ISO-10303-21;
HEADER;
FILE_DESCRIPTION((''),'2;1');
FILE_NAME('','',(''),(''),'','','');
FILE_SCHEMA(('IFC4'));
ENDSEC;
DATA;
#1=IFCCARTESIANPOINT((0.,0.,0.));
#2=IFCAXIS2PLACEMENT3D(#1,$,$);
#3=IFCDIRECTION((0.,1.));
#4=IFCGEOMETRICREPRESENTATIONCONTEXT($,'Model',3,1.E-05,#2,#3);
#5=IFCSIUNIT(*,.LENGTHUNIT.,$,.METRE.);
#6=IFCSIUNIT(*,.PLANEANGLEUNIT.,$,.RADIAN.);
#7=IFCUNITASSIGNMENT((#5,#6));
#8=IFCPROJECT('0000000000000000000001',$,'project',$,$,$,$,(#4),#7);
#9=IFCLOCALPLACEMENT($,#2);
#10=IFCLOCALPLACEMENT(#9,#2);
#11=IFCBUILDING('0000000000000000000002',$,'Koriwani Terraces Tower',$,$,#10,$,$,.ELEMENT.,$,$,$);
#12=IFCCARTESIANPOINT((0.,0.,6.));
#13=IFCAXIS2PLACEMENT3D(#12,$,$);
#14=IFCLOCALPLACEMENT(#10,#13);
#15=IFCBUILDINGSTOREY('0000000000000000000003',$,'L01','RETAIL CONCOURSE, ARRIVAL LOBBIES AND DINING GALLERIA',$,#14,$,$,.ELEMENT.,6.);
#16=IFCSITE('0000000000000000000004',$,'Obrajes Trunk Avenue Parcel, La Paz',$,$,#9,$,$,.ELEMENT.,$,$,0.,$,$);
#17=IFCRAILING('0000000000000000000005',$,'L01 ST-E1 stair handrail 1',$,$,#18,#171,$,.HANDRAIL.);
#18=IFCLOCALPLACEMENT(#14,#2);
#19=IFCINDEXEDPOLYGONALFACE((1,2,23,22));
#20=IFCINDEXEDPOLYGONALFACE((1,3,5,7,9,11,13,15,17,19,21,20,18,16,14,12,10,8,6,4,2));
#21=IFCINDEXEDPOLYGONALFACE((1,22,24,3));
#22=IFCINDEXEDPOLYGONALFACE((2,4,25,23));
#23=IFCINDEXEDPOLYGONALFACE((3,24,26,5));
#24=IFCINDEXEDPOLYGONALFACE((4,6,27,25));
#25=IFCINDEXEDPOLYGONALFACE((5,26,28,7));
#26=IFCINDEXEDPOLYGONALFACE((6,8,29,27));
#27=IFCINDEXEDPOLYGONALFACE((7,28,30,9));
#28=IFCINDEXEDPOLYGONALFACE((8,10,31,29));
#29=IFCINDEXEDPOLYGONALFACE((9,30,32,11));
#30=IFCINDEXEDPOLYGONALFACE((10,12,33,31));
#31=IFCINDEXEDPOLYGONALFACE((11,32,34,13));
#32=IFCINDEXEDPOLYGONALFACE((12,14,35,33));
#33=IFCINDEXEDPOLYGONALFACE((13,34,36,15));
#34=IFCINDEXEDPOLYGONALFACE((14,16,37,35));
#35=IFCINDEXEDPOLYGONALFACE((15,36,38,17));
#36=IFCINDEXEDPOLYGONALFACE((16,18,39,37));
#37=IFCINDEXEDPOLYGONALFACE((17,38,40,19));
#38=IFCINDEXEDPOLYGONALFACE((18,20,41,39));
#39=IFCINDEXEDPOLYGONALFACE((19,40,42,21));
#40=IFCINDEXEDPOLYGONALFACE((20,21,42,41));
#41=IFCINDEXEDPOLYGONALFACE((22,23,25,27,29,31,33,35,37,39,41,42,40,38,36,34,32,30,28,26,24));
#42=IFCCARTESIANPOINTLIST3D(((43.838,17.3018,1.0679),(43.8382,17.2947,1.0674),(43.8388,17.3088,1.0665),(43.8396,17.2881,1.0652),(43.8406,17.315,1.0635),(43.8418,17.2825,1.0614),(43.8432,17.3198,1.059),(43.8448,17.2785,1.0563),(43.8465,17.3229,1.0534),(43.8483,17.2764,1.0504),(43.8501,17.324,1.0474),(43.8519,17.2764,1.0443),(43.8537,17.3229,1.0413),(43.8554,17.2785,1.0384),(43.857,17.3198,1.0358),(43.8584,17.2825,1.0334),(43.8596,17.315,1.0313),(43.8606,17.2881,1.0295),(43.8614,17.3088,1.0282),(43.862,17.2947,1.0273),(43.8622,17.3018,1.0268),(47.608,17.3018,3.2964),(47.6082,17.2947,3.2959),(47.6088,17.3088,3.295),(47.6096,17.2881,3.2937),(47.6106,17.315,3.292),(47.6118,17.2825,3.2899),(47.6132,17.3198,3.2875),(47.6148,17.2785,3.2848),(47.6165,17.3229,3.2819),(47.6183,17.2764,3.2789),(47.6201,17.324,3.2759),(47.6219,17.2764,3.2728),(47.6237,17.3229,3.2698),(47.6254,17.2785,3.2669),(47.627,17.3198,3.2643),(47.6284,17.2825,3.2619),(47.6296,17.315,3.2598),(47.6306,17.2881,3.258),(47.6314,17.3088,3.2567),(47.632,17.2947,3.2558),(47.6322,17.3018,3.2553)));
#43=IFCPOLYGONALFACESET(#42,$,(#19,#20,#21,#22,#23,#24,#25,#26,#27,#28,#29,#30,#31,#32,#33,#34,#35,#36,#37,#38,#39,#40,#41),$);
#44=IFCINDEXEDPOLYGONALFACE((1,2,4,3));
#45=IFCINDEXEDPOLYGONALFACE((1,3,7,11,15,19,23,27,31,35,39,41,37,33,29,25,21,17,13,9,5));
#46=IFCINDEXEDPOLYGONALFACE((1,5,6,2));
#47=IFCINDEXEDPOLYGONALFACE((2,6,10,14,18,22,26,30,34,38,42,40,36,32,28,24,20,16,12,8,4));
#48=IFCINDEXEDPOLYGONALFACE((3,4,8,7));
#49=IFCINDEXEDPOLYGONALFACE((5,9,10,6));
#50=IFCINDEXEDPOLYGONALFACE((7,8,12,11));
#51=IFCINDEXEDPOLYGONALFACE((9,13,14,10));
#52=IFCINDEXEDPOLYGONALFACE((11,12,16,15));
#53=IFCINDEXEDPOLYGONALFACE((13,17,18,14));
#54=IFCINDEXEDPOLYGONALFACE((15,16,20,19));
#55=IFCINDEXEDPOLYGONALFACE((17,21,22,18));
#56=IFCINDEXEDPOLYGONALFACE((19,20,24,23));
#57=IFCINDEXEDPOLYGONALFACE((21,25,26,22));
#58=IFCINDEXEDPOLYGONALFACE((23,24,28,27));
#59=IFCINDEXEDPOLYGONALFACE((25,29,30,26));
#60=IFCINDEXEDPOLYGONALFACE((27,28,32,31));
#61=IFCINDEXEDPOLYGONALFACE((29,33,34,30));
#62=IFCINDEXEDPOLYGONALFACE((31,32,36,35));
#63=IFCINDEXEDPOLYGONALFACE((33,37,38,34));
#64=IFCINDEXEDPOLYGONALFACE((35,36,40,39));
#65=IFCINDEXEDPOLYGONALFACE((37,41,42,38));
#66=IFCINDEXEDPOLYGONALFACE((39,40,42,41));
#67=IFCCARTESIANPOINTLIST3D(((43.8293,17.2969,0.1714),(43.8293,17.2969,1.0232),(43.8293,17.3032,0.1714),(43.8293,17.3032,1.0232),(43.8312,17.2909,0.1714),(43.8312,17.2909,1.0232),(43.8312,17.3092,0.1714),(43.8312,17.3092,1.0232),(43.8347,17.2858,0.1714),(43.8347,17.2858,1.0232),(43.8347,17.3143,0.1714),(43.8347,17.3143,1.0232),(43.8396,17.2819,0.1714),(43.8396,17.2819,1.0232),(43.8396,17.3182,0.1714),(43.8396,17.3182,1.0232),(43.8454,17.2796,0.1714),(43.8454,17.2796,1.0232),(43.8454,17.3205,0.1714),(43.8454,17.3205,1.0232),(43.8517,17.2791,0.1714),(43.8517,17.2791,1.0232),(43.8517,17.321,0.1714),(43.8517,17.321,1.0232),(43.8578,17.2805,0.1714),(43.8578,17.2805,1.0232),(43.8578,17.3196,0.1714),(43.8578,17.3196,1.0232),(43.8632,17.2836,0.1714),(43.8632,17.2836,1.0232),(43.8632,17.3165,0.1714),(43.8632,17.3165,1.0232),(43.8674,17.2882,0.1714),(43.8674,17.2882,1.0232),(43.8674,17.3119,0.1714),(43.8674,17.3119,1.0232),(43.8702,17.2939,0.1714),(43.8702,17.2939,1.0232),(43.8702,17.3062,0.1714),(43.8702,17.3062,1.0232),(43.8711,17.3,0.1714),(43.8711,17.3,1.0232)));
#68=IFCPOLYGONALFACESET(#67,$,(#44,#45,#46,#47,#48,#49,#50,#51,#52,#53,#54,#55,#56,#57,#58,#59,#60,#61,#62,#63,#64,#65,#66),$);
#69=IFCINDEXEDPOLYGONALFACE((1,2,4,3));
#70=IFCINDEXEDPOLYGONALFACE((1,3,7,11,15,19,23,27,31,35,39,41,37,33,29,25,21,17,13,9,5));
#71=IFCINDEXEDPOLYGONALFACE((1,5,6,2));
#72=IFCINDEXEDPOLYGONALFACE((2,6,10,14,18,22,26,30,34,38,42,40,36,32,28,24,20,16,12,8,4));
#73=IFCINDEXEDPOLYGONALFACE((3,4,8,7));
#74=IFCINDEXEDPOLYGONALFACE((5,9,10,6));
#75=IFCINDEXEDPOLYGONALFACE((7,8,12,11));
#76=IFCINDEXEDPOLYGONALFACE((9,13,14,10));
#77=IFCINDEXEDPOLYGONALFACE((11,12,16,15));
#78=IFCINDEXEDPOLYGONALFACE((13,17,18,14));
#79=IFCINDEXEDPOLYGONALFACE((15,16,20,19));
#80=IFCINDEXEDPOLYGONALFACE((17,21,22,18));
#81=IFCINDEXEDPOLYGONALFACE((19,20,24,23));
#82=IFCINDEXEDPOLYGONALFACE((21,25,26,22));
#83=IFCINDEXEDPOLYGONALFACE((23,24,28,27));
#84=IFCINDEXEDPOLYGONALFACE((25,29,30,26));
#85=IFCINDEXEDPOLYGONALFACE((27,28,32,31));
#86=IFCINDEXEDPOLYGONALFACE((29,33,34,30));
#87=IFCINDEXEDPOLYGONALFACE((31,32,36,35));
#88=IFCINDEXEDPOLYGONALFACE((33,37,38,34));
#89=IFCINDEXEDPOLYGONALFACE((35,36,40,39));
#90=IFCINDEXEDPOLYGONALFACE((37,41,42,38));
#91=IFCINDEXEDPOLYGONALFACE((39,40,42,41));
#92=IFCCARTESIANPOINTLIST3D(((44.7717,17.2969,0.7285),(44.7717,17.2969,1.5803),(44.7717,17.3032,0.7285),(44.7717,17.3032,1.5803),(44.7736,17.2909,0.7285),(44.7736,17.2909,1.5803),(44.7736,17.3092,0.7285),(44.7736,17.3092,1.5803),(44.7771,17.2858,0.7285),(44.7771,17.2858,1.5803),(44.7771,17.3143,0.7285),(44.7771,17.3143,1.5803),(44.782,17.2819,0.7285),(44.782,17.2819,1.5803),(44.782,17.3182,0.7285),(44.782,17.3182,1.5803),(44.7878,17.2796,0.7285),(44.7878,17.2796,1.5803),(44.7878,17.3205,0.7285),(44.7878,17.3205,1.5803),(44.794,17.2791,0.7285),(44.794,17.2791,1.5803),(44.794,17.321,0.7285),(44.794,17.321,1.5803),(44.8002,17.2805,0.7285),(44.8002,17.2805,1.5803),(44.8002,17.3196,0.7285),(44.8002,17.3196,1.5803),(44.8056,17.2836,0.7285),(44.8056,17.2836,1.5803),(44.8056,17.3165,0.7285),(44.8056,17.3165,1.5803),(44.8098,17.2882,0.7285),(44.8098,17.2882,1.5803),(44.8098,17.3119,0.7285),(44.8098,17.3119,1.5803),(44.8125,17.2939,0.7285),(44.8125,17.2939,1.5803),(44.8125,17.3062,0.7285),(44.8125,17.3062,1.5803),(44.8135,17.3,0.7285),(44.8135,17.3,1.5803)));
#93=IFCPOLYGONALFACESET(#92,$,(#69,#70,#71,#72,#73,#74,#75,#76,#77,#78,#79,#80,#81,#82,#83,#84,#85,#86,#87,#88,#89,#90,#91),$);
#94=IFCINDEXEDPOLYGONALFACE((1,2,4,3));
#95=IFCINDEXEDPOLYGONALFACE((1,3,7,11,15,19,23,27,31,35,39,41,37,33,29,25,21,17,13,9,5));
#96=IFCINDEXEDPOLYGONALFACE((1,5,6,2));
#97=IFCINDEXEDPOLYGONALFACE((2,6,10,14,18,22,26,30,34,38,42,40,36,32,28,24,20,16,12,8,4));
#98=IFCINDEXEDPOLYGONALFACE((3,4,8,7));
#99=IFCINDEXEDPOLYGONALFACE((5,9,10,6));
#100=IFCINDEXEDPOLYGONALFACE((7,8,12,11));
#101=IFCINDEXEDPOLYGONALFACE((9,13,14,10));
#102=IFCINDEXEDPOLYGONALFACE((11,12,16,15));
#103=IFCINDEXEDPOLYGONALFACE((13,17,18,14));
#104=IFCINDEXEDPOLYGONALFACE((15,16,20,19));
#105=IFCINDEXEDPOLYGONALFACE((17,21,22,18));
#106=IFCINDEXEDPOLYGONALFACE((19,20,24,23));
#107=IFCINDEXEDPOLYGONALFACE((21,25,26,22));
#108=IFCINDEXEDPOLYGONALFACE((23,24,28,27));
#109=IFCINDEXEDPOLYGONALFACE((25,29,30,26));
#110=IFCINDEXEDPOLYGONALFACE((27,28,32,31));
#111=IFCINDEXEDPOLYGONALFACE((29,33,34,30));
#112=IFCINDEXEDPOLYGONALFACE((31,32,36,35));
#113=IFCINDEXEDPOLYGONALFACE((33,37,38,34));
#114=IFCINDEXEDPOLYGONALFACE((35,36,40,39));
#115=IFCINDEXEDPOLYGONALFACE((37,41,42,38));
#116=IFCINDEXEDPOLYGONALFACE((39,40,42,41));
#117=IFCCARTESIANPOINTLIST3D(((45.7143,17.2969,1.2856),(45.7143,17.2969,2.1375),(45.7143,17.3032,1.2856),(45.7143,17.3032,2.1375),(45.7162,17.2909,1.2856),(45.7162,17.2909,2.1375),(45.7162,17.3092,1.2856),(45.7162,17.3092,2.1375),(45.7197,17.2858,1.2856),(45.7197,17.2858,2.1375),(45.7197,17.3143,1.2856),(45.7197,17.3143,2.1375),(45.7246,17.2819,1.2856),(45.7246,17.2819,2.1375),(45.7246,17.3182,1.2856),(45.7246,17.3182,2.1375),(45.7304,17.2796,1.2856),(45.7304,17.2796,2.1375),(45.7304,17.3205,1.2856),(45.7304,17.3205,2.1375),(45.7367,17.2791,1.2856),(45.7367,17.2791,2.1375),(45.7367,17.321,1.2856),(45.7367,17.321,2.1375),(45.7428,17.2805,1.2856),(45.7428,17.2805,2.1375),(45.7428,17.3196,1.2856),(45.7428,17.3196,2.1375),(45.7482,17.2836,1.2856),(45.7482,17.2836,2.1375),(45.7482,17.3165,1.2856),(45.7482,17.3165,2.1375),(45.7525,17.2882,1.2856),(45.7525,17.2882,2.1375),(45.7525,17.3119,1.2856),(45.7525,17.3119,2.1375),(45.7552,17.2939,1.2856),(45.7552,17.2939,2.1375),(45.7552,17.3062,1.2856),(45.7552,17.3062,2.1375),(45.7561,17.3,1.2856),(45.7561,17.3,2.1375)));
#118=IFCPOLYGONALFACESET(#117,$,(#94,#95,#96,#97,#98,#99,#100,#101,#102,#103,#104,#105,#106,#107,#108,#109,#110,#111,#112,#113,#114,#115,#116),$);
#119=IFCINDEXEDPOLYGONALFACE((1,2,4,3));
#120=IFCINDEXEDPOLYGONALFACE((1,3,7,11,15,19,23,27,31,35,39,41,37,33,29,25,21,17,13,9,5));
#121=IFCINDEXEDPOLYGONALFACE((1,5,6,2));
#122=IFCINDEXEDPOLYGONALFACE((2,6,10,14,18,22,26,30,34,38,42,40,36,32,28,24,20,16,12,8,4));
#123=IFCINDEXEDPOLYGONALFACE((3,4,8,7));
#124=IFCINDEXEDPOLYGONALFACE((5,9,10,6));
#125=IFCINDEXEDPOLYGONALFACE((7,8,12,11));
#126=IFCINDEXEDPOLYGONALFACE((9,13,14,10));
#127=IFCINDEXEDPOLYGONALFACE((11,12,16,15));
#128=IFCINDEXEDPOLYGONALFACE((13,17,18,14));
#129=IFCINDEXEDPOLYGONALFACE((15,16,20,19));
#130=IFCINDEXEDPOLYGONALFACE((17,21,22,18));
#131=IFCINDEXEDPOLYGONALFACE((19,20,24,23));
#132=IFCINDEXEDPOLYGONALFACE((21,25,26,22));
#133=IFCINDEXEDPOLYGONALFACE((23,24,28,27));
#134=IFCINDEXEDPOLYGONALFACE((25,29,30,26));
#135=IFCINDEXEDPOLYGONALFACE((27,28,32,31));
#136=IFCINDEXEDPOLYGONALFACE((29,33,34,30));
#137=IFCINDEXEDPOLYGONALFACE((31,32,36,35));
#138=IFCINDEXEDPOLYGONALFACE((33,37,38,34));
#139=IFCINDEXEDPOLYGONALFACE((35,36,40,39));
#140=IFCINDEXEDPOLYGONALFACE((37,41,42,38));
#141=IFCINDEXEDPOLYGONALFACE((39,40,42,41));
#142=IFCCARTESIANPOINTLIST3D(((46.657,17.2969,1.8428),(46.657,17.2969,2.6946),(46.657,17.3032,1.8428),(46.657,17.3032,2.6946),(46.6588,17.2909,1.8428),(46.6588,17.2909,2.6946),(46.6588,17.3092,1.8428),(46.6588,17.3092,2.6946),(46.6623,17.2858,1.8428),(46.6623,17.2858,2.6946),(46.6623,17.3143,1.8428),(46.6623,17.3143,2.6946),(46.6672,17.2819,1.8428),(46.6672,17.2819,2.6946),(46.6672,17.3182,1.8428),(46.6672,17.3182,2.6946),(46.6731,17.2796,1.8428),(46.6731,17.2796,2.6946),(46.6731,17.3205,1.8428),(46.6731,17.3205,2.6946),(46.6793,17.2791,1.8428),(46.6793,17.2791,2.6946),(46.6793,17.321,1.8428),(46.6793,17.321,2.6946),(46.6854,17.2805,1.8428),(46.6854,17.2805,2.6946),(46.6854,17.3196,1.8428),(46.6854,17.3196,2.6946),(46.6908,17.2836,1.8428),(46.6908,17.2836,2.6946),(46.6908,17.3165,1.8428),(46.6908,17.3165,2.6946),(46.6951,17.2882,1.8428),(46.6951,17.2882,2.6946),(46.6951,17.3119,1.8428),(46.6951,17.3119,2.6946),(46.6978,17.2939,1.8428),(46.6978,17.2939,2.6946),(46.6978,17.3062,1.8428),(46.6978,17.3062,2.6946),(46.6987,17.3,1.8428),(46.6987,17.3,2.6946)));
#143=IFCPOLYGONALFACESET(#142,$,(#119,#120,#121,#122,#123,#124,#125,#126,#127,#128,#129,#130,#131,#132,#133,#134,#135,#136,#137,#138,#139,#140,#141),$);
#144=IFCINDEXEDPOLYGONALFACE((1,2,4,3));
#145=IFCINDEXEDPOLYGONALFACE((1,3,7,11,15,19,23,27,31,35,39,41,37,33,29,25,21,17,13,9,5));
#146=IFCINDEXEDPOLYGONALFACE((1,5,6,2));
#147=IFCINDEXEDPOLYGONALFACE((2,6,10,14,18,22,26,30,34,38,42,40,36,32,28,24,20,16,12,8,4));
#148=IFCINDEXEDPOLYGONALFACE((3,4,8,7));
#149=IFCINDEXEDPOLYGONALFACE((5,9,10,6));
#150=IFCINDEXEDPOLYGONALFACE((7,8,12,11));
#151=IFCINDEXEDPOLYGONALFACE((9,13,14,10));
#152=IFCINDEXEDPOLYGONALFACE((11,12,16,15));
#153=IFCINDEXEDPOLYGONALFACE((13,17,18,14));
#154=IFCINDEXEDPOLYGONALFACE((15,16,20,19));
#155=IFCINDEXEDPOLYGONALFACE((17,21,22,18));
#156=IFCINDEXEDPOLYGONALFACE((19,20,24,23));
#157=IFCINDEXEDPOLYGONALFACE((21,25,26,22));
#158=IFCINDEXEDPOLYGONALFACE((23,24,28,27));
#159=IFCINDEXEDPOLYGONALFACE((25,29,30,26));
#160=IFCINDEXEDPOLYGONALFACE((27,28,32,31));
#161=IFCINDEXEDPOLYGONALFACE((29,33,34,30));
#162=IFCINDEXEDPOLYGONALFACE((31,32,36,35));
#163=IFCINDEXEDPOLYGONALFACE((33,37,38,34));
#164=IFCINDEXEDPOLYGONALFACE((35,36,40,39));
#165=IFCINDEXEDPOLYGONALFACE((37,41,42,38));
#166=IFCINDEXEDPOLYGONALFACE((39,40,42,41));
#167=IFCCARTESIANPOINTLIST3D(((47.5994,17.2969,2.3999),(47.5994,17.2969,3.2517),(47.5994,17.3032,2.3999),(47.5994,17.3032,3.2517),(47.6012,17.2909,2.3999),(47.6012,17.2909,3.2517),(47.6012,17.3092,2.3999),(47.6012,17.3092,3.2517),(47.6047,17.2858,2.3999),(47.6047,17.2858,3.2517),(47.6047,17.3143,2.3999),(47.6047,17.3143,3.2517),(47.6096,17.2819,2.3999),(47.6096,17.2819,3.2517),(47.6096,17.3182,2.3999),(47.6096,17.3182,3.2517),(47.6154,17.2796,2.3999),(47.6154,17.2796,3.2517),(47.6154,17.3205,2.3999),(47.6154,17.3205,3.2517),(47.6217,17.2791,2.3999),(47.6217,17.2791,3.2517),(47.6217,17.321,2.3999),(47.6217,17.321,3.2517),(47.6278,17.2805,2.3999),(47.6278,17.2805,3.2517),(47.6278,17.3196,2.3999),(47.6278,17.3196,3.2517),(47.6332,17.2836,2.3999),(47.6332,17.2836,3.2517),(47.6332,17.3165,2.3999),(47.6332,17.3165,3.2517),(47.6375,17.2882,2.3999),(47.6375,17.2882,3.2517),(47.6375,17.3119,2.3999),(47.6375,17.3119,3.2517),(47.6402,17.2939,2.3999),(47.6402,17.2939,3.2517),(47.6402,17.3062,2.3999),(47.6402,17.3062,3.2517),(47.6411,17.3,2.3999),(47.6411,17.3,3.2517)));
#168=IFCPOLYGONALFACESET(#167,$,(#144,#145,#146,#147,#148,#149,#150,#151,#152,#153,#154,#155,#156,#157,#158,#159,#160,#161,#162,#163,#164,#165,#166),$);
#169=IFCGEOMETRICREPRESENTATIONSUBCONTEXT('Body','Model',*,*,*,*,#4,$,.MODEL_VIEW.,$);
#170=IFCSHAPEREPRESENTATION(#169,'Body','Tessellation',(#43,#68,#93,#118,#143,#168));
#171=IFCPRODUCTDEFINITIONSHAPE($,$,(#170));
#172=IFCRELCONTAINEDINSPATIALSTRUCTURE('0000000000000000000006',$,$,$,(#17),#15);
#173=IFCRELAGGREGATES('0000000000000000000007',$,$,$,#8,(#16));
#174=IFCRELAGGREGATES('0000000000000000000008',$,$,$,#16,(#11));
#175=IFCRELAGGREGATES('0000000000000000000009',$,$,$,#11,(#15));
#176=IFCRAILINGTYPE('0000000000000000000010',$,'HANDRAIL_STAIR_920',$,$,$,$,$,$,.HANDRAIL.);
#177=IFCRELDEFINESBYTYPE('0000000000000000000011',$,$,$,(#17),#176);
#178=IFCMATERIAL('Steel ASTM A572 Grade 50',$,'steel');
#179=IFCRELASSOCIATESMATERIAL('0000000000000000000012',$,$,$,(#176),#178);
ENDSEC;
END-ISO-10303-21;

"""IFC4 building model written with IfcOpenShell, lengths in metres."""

from ifc_helpers import new_model, si_unit, direction, frame, origin, origin_2d, place, context, subcontext, project, spatial, circle, extrude, material, type_object, element, save


model = new_model("IFC4")

# Units and contexts
model_context = context("Model", 3, precision=1e-05, world=origin(), true_north=direction((0.0, 1.0)))
body_context = subcontext(model_context, "Body", "Model", "MODEL_VIEW")
ifc_project = project(units=[si_unit("LENGTHUNIT", "METRE"), si_unit("PLANEANGLEUNIT", "RADIAN")], contexts=[model_context])

# Site, building, storey
site_placement = place(None, origin())
site = spatial("IfcSite", under=ifc_project, at=site_placement, Name="Obrajes Trunk Avenue Parcel, La Paz", CompositionType="ELEMENT", RefElevation=0.0)
building_placement = place(site_placement, origin())
building = spatial("IfcBuilding", under=site, at=building_placement, Name="Koriwani Terraces Tower", CompositionType="ELEMENT")
storey_placement = place(building_placement, frame((0.0, 0.0, 6.0)))
storey = spatial("IfcBuildingStorey", under=building, at=storey_placement, Name="L01", Description="RETAIL CONCOURSE, ARRIVAL LOBBIES AND DINING GALLERIA", CompositionType="ELEMENT", Elevation=6.0)

# Shared definitions
ifc_material_1 = material(Name="Steel ASTM A572 Grade 50", Category="steel")

# Railing
railing_type_1 = type_object("IfcRailingType", Name="HANDRAIL_STAIR_920", PredefinedType="HANDRAIL", material=ifc_material_1)
railing_1_placement = place(storey_placement, frame((43.8501, 17.3, 0.1714)))
element("IfcRailing", 1, at=railing_1_placement, inside=storey, type_object=railing_type_1, Name="L01 ST-E1 stair handrail 1", PredefinedType="HANDRAIL", context=body_context, shape_type="SweptSolid", body=[
    extrude(circle(Radius=0.0239, at=origin_2d()), frame((0.0, 0.0, 0.876), z_axis=(0.860849, 0.0, 0.508861), x_axis=(0.0, 1.0, 0.0)), (0.0, 0.0, 1.0), 4.3794),
    extrude(circle(Radius=0.021, at=origin_2d()), origin(), (0.0, 0.0, 1.0), 0.8518),
    extrude(circle(Radius=0.021, at=origin_2d()), frame((0.9424, 0.0, 0.5571)), (0.0, 0.0, 1.0), 0.8518),
    extrude(circle(Radius=0.021, at=origin_2d()), frame((1.885, 0.0, 1.1143)), (0.0, 0.0, 1.0), 0.8518),
    extrude(circle(Radius=0.021, at=origin_2d()), frame((2.8276, 0.0, 1.6714)), (0.0, 0.0, 1.0), 0.8518),
    extrude(circle(Radius=0.021, at=origin_2d()), frame((3.77, 0.0, 2.2285)), (0.0, 0.0, 1.0), 0.8518),
])

save(model, "model.ifc")
